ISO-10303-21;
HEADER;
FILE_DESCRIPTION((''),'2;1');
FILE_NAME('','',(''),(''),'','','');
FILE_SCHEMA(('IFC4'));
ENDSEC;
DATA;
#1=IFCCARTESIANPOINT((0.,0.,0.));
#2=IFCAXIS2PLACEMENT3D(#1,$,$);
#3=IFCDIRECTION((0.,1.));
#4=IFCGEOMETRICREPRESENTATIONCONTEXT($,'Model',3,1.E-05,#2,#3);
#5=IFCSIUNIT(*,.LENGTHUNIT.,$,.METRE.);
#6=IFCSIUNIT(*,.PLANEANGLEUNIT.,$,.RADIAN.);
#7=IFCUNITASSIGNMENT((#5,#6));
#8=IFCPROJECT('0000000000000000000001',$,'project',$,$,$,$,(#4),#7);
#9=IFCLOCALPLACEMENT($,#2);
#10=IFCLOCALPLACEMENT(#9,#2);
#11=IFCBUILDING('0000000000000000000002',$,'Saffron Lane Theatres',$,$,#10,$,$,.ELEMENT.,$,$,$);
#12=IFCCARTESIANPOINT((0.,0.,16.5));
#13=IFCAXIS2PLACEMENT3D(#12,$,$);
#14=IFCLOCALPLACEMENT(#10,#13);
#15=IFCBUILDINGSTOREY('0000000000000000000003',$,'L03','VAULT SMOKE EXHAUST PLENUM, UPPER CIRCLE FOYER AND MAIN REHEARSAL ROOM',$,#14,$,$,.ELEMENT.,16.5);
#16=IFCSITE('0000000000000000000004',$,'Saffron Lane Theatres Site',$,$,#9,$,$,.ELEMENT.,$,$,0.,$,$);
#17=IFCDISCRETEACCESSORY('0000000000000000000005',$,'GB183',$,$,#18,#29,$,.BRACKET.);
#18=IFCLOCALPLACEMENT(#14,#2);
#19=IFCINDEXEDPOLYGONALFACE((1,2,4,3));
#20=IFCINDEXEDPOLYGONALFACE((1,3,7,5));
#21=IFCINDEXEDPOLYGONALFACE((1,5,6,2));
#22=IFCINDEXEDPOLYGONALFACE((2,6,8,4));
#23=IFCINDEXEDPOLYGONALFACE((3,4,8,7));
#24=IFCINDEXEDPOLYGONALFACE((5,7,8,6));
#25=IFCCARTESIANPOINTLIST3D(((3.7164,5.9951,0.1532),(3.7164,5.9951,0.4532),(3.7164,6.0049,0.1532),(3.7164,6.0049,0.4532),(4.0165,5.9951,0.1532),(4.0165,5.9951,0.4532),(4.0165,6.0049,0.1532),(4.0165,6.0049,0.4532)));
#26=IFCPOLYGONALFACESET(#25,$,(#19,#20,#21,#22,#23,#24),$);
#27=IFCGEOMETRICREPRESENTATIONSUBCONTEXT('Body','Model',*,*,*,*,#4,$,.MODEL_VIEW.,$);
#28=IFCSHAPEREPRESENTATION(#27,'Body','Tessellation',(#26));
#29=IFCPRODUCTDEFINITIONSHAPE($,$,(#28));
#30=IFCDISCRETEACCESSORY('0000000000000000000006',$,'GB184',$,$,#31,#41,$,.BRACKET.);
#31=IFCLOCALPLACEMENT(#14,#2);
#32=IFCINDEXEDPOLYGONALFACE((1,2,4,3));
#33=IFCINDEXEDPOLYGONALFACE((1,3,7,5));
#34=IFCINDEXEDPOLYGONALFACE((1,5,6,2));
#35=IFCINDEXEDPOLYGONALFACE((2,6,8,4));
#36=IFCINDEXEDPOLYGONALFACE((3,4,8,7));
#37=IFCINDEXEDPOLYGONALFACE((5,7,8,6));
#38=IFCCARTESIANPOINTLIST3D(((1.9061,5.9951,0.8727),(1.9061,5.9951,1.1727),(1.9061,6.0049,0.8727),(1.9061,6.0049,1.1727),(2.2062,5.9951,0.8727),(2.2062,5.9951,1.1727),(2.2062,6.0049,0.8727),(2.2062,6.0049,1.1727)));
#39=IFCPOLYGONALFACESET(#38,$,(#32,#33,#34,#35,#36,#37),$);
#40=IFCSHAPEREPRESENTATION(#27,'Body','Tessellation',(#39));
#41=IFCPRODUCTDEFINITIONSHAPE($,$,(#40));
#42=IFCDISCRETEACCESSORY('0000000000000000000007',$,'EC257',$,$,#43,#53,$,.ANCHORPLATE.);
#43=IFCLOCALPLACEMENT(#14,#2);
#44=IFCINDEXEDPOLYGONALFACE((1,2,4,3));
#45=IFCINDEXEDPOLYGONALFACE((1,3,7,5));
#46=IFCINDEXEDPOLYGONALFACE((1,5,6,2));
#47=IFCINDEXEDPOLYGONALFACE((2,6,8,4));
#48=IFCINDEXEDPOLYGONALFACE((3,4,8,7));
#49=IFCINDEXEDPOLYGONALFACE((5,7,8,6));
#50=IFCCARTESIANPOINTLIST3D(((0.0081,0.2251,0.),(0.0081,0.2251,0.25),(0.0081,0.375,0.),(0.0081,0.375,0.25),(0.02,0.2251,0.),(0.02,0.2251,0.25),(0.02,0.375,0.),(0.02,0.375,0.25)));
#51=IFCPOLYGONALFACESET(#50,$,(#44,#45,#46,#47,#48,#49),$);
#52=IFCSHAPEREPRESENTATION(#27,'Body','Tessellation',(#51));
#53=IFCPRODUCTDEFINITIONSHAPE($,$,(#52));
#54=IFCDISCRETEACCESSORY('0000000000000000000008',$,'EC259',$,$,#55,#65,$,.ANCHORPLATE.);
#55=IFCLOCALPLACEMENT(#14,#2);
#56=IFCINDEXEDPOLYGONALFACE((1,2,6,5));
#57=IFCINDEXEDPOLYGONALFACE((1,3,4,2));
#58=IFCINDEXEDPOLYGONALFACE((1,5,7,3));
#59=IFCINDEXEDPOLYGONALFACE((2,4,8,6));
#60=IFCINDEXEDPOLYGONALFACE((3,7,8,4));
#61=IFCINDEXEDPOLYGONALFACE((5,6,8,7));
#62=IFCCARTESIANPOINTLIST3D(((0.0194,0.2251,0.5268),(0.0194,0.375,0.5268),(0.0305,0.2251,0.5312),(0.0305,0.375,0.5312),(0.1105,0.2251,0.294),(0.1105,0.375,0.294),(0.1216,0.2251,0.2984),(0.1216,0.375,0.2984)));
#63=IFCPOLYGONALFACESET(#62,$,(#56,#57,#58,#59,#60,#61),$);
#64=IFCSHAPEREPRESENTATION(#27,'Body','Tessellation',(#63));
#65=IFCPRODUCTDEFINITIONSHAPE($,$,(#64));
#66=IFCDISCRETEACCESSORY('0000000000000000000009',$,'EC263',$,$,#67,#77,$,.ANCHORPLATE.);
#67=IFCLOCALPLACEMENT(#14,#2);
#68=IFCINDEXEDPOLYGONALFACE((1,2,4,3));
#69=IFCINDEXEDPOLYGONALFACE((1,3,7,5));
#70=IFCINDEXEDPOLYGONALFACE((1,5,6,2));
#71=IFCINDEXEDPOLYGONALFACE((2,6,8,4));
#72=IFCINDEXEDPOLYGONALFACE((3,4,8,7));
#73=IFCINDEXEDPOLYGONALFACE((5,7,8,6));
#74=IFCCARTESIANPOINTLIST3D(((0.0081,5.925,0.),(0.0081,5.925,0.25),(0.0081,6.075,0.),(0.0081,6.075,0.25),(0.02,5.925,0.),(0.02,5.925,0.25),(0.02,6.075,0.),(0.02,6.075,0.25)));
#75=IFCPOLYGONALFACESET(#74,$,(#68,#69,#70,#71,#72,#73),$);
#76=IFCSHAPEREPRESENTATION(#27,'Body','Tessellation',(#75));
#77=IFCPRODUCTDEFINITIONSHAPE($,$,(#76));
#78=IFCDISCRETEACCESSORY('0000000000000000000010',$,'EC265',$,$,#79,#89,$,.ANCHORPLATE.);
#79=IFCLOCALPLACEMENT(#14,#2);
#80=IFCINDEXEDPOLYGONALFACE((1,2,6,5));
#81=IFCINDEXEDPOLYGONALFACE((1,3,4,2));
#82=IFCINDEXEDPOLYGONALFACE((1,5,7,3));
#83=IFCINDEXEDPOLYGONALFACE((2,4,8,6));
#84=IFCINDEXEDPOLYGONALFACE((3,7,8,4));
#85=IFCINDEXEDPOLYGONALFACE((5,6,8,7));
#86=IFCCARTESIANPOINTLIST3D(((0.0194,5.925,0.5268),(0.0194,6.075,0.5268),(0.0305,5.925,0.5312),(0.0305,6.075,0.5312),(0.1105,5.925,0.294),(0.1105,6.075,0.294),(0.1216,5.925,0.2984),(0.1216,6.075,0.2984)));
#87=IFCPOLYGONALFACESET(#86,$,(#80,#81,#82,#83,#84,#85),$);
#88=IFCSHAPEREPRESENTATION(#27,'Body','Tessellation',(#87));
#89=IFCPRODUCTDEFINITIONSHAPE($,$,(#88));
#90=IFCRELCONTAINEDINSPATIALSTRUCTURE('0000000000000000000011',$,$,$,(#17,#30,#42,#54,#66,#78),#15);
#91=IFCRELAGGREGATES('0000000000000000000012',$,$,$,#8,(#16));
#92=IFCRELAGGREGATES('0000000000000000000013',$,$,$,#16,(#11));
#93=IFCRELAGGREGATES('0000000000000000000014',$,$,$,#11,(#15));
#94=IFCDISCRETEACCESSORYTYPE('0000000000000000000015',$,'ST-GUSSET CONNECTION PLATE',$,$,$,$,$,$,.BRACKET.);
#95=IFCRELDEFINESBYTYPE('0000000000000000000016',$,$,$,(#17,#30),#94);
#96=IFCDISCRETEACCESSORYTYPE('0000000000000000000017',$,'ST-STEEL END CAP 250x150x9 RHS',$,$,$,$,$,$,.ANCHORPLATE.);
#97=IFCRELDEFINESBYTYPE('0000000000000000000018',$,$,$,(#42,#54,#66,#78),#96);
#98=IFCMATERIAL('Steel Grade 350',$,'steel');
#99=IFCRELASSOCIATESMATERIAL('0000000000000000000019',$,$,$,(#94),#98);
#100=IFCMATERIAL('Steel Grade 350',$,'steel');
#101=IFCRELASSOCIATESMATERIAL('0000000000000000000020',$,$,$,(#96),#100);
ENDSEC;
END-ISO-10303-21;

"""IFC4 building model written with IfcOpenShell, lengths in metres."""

from ifc_helpers import new_model, si_unit, direction, frame, origin, origin_2d, place, context, subcontext, project, spatial, rectangle, extrude, material, material_profile, profile_set, type_object, element, save


model = new_model("IFC4")

# Units and contexts
model_context = context("Model", 3, precision=1e-05, world=origin(), true_north=direction((0.0, 1.0)))
body_context = subcontext(model_context, "Body", "Model", "MODEL_VIEW")
ifc_project = project(units=[si_unit("LENGTHUNIT", "METRE"), si_unit("PLANEANGLEUNIT", "RADIAN")], contexts=[model_context])

# Site, building, storey
site_placement = place(None, origin())
site = spatial("IfcSite", under=ifc_project, at=site_placement, Name="Saffron Lane Theatres Site", CompositionType="ELEMENT", RefElevation=0.0)
building_placement = place(site_placement, origin())
building = spatial("IfcBuilding", under=site, at=building_placement, Name="Saffron Lane Theatres", CompositionType="ELEMENT")
storey_placement = place(building_placement, frame((0.0, 0.0, 16.5)))
storey = spatial("IfcBuildingStorey", under=building, at=storey_placement, Name="L03", Description="VAULT SMOKE EXHAUST PLENUM, UPPER CIRCLE FOYER AND MAIN REHEARSAL ROOM", CompositionType="ELEMENT", Elevation=16.5)

# Discrete accessories
ifc_material_1 = material(Name="Steel Grade 350", Category="steel")
ifc_material_profile_1 = material_profile(ifc_material_1, rectangle(XDim=0.3, YDim=0.3, at=origin_2d()))
ifc_profile_set_1 = profile_set([ifc_material_profile_1], Name="Steel Grade 350")
discrete_accessory_type_1 = type_object("IfcDiscreteAccessoryType", Name="ST-GUSSET CONNECTION PLATE", PredefinedType="BRACKET", material=ifc_profile_set_1)
for number, where, z_axis, x_axis, name in (
    (1, (3.8665, 5.9951, 0.3032), (0.0, 1.0, 0.0), (-1.0, 0.0, 0.0), "GB183"),
    (2, (2.0562, 5.9951, 1.0227), (0.0, 1.0, 0.0), (-1.0, 0.0, 0.0), "GB184"),
):
    element("IfcDiscreteAccessory", number, at=place(storey_placement, frame(where, z_axis=z_axis, x_axis=x_axis)), inside=storey, type_object=discrete_accessory_type_1, Name=name, PredefinedType="BRACKET", context=body_context, shape_type="SweptSolid", body=[
        extrude(rectangle(XDim=0.3, YDim=0.3, at=origin_2d()), origin(), (0.0, 0.0, 1.0), 0.0098),
    ])
ifc_material_2 = material(Name="Steel Grade 350", Category="steel")
ifc_material_profile_2 = material_profile(ifc_material_2, rectangle(XDim=0.1499, YDim=0.25, at=origin_2d()))
ifc_profile_set_2 = profile_set([ifc_material_profile_2], Name="Steel Grade 350")
discrete_accessory_type_2 = type_object("IfcDiscreteAccessoryType", Name="ST-STEEL END CAP 250x150x9 RHS", PredefinedType="ANCHORPLATE", material=ifc_profile_set_2)
for number, where, z_axis, x_axis, name in (
    (3, (0.0081, 0.3, 0.125), (1.0, 0.0, 0.0), (0.0, 1.0, 0.0), "EC257"),
    (4, (0.0649, 0.3, 0.4104), (0.931243, 0.0, 0.364399), (0.0, 1.0, 0.0), "EC259"),
    (5, (0.0081, 6.0, 0.125), (1.0, 0.0, 0.0), (0.0, 1.0, 0.0), "EC263"),
    (6, (0.0649, 6.0, 0.4104), (0.931243, 0.0, 0.364399), (0.0, 1.0, 0.0), "EC265"),
):
    element("IfcDiscreteAccessory", number, at=place(storey_placement, frame(where, z_axis=z_axis, x_axis=x_axis)), inside=storey, type_object=discrete_accessory_type_2, Name=name, PredefinedType="ANCHORPLATE", context=body_context, shape_type="SweptSolid", body=[
        extrude(rectangle(XDim=0.1499, YDim=0.25, at=origin_2d()), origin(), (0.0, 0.0, 1.0), 0.012),
    ])

save(model, "model.ifc")
